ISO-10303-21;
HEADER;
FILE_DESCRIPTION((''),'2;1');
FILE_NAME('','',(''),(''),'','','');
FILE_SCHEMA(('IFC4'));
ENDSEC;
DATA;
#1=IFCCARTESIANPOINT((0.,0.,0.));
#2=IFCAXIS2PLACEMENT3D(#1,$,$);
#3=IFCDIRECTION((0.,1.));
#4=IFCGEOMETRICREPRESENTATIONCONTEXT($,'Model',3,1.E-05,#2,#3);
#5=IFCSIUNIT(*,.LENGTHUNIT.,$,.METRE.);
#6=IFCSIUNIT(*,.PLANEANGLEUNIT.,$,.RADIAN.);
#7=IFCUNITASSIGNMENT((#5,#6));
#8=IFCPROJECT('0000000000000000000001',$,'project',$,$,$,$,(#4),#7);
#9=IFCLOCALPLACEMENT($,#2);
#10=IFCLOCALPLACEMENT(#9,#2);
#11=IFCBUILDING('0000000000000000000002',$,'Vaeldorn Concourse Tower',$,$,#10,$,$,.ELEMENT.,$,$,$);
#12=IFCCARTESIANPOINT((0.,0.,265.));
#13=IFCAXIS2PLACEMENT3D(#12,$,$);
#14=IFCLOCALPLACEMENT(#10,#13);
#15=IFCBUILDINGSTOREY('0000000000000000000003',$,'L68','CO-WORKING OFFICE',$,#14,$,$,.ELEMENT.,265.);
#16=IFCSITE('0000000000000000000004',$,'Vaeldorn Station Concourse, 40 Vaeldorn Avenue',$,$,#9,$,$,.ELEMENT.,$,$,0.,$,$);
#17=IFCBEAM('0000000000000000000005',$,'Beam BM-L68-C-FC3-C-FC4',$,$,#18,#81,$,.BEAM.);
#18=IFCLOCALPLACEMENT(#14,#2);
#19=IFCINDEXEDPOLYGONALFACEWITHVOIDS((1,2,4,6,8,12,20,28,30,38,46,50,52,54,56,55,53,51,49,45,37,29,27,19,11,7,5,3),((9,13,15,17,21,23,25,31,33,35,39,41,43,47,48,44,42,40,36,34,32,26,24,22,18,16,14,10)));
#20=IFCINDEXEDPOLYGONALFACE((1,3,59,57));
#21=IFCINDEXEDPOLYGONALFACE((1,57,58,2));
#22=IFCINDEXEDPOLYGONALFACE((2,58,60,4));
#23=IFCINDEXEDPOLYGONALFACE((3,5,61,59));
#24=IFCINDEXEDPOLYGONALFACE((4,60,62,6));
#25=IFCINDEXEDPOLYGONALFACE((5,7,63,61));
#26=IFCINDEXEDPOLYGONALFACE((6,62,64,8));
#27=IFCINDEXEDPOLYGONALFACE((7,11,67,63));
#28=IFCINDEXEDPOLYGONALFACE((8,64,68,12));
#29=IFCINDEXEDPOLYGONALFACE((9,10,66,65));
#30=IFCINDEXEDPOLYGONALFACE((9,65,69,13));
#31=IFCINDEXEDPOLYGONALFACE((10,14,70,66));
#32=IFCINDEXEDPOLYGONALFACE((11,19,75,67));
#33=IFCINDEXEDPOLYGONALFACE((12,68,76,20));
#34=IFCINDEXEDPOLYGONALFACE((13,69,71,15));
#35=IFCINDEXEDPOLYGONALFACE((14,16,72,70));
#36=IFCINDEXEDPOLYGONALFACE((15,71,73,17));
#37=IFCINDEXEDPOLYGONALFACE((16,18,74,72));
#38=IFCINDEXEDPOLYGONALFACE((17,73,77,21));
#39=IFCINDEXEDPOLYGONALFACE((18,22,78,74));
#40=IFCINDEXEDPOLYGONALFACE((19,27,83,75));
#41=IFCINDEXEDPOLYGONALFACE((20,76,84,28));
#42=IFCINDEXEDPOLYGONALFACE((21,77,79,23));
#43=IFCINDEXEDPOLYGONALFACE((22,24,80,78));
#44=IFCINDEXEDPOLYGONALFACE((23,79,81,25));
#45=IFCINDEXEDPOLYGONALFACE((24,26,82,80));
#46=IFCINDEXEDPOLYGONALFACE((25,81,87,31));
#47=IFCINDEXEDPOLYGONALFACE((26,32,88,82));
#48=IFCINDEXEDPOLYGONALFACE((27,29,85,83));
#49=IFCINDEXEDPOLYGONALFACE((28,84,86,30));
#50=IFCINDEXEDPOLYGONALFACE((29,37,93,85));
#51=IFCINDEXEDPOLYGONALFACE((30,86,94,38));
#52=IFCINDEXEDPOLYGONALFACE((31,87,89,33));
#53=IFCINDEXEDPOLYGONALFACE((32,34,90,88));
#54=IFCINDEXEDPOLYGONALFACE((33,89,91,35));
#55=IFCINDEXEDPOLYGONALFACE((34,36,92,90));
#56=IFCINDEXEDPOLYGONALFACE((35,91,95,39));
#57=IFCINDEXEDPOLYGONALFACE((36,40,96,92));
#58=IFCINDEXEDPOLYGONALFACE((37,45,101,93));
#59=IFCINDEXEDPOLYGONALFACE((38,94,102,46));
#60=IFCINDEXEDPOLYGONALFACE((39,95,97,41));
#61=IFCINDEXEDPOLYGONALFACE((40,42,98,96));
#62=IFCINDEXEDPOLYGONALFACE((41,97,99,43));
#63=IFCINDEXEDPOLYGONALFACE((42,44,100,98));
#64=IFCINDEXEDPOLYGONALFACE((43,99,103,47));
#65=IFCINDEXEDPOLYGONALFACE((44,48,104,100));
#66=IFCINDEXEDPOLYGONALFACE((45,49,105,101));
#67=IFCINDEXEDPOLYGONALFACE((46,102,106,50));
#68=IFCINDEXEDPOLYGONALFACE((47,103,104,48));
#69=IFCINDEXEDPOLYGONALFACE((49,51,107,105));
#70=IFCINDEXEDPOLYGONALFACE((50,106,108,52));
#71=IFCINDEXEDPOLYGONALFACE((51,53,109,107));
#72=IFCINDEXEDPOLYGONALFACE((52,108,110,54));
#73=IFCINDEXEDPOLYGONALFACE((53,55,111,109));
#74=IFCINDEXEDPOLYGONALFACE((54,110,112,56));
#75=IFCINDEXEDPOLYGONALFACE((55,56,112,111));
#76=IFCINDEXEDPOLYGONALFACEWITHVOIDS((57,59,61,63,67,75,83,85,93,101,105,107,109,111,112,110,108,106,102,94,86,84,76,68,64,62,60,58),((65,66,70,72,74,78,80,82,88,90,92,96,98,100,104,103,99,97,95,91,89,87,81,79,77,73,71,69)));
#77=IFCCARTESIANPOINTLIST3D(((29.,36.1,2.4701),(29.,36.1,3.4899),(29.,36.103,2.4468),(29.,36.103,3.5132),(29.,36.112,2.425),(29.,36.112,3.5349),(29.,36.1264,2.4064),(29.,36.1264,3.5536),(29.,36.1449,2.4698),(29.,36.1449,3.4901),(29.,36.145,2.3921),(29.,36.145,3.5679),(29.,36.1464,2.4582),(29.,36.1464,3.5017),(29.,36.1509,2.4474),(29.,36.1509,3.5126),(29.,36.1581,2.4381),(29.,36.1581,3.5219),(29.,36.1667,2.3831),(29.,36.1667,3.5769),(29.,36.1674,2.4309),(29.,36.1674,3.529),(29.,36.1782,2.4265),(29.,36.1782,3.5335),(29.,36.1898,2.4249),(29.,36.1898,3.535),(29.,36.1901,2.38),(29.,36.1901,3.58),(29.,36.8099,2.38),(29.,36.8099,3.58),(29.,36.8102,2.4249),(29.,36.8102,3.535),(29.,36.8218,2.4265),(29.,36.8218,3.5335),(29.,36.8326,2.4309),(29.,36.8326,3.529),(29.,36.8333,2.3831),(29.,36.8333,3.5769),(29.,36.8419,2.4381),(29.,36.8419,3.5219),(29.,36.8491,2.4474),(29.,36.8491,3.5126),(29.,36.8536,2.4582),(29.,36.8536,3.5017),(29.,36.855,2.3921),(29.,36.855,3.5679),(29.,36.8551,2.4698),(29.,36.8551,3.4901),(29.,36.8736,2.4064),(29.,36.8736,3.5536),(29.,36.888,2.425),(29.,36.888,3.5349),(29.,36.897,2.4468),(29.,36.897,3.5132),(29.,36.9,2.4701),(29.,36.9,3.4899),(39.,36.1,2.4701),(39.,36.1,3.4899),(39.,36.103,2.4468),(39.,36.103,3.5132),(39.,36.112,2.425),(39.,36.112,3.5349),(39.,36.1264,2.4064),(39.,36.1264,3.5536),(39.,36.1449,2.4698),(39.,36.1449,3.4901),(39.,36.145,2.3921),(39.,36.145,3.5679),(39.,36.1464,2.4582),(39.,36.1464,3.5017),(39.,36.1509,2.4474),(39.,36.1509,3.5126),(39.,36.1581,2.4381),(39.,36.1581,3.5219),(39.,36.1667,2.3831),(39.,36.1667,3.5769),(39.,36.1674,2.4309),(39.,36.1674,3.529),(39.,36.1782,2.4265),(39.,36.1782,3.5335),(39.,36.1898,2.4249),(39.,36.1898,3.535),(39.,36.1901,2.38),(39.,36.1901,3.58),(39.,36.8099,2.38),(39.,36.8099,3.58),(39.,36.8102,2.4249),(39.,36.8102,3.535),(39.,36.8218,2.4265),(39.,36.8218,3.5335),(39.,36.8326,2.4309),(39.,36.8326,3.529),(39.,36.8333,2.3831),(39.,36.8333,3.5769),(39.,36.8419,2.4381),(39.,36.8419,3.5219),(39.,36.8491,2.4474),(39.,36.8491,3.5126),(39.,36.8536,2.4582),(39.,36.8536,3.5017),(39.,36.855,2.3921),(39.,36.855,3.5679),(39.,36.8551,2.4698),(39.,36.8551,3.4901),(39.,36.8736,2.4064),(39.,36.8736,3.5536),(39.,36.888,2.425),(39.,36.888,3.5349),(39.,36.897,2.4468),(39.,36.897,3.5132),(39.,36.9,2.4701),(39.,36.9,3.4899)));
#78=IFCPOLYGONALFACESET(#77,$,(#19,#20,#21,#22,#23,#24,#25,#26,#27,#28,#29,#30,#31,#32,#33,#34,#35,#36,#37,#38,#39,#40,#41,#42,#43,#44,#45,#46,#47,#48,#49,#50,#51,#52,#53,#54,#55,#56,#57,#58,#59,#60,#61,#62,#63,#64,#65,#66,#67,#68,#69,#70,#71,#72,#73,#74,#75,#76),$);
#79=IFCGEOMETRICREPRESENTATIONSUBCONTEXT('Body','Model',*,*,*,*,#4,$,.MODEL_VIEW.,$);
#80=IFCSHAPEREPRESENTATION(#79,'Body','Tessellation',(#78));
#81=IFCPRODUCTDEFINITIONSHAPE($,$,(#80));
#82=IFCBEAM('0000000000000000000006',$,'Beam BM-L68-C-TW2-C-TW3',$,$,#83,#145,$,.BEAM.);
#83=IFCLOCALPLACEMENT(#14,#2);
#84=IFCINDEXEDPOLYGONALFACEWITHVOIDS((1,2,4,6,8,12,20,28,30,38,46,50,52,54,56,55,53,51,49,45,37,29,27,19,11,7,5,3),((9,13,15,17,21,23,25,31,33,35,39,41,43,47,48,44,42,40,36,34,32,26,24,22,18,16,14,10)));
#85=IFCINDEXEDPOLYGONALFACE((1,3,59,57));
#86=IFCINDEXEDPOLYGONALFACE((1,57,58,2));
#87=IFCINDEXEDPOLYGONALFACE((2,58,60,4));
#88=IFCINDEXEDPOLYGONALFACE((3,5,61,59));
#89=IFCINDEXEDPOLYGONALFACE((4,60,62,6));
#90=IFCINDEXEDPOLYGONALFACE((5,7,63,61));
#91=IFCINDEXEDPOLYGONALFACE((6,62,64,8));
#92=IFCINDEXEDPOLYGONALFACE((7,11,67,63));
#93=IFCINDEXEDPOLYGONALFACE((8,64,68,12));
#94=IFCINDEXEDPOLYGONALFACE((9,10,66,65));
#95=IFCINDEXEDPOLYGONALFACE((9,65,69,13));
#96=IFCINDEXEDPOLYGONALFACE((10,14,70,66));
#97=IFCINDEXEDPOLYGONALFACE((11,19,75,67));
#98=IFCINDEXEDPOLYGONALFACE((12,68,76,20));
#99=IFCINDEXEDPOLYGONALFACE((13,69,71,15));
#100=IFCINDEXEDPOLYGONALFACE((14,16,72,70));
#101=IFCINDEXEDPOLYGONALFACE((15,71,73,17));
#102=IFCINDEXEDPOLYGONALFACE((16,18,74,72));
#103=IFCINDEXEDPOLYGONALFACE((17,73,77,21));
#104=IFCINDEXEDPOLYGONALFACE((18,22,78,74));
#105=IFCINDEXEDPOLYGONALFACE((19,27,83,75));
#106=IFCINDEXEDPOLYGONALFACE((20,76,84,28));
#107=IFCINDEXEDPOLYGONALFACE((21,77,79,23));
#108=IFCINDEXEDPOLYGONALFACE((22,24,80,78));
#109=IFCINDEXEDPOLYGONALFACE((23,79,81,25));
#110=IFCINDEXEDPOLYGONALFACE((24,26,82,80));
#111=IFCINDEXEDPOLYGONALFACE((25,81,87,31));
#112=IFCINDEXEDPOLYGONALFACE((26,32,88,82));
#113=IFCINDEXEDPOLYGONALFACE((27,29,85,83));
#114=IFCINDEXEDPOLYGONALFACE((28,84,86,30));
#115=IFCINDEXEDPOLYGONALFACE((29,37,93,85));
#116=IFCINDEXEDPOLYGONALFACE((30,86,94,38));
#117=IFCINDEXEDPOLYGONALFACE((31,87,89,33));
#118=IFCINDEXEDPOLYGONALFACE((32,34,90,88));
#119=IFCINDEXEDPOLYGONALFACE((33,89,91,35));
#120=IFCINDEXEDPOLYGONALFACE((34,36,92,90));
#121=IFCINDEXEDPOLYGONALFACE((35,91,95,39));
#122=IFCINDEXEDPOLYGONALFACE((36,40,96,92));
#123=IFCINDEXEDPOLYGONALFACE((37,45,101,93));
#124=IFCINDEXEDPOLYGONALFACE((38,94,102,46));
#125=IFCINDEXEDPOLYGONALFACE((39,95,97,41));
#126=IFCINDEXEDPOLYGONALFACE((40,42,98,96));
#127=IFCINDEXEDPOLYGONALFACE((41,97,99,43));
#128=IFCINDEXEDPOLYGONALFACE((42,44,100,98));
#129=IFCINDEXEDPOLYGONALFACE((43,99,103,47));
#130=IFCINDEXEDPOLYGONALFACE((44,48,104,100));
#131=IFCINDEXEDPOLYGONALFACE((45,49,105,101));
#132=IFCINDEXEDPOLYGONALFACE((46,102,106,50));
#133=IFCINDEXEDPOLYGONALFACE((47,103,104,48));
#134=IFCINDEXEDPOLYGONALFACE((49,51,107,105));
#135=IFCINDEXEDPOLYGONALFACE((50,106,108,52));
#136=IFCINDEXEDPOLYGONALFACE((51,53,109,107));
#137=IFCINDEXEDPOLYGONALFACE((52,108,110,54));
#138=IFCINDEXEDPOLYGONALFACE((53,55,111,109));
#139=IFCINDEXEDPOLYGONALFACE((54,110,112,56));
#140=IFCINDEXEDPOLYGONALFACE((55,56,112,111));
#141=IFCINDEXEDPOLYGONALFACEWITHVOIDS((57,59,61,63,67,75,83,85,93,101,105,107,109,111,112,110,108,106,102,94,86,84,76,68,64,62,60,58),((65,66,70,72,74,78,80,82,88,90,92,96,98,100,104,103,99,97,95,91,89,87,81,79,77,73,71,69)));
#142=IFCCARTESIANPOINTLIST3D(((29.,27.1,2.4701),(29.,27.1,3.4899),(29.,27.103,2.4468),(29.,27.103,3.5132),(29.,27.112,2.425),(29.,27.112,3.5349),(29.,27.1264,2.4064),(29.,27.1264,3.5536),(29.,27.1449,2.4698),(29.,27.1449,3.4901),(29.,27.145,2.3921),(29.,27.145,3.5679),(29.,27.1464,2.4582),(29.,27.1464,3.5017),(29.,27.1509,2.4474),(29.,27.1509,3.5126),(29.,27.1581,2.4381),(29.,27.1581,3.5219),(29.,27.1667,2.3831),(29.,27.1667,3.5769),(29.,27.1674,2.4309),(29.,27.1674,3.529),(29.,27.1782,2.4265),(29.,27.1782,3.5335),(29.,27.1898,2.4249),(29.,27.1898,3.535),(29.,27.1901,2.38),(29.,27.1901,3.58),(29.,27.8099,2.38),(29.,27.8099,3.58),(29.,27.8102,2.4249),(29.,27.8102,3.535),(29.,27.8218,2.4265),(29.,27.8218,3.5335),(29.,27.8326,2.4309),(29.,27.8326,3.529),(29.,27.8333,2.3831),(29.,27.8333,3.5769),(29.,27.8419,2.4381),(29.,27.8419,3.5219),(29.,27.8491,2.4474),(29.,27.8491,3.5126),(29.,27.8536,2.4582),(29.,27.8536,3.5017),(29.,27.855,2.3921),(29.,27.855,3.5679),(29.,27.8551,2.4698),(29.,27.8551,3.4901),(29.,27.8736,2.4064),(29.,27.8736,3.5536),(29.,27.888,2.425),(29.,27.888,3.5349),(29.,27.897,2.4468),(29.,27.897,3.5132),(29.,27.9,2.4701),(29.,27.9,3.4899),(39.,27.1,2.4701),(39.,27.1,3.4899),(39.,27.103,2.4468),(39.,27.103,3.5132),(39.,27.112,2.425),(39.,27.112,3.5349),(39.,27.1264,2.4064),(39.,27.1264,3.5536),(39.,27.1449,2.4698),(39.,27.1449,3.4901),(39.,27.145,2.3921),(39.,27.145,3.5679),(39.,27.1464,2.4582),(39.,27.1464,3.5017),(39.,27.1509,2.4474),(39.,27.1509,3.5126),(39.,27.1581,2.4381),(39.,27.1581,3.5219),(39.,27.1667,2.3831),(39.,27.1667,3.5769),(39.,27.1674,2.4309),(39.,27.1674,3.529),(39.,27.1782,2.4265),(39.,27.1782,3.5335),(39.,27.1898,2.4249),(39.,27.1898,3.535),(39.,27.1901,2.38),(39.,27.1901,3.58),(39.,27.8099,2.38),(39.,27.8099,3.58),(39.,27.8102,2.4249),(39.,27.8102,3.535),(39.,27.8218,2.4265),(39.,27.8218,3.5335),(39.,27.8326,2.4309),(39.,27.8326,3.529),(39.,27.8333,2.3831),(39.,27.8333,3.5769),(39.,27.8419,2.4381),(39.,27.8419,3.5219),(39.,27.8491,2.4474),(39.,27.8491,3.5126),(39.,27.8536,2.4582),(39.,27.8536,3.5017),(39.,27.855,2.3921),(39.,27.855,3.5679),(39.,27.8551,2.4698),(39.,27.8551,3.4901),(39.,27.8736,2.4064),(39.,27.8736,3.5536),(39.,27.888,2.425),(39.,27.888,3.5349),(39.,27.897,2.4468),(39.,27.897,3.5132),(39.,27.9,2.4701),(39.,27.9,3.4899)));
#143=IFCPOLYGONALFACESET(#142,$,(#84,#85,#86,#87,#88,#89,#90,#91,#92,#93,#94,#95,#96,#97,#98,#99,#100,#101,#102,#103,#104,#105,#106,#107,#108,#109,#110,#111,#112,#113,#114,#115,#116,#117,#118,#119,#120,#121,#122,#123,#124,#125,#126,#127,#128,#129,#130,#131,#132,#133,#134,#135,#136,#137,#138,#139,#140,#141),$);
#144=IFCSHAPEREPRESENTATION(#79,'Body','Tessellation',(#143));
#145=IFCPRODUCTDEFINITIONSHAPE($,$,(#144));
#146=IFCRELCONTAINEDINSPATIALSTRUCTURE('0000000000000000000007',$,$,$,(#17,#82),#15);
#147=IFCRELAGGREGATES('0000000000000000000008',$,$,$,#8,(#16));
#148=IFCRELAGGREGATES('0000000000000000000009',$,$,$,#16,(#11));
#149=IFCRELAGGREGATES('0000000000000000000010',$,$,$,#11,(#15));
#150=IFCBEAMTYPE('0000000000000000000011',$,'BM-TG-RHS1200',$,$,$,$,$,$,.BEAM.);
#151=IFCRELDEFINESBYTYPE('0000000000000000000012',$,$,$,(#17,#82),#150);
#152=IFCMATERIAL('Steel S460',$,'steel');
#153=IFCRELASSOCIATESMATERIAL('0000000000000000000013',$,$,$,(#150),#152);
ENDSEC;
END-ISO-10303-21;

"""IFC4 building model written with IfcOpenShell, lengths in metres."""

from ifc_helpers import new_model, si_unit, direction, frame, origin, origin_2d, place, context, subcontext, project, spatial, hollow_rectangle, extrude, source, transform, mapped, material, material_profile, profile_set, type_object, element, save


model = new_model("IFC4")

# Units and contexts
model_context = context("Model", 3, precision=1e-05, world=origin(), true_north=direction((0.0, 1.0)))
body_context = subcontext(model_context, "Body", "Model", "MODEL_VIEW")
ifc_project = project(units=[si_unit("LENGTHUNIT", "METRE"), si_unit("PLANEANGLEUNIT", "RADIAN")], contexts=[model_context])

# Site, building, storey
site_placement = place(None, origin())
site = spatial("IfcSite", under=ifc_project, at=site_placement, Name="Vaeldorn Station Concourse, 40 Vaeldorn Avenue", CompositionType="ELEMENT", RefElevation=0.0)
building_placement = place(site_placement, origin())
building = spatial("IfcBuilding", under=site, at=building_placement, Name="Vaeldorn Concourse Tower", CompositionType="ELEMENT")
storey_placement = place(building_placement, frame((0.0, 0.0, 265.0)))
storey = spatial("IfcBuildingStorey", under=building, at=storey_placement, Name="L68", Description="CO-WORKING OFFICE", CompositionType="ELEMENT", Elevation=265.0)

# Shared definitions
ifc_material_1 = material(Name="Steel S460", Category="steel")

# Beams
ifc_material_profile_1 = material_profile(ifc_material_1, hollow_rectangle(XDim=0.8, YDim=1.2, WallThickness=0.0449, InnerFilletRadius=0.0449, OuterFilletRadius=0.0901, at=origin_2d()), Name="RHS 1200x800x45")
ifc_profile_set_1 = profile_set([ifc_material_profile_1], Name="Steel S460")
beam_type_1 = type_object("IfcBeamType", Name="BM-TG-RHS1200", PredefinedType="BEAM", material=ifc_profile_set_1)
shared_shape_1 = source(origin(), body_context, "Body", "SweptSolid", [
    extrude(hollow_rectangle(XDim=0.8, YDim=1.2, WallThickness=0.0449, InnerFilletRadius=0.0449, OuterFilletRadius=0.0901, at=origin_2d()), origin(), (0.0, 0.0, 1.0), 10.0),
])
for number, where, z_axis, x_axis, name in (
    (1, (29.0, 36.5, 2.98), (1.0, 0.0, 0.0), (0.0, 1.0, 0.0), "Beam BM-L68-C-FC3-C-FC4"),
    (2, (29.0, 27.5, 2.98), (1.0, 0.0, 0.0), (0.0, 1.0, 0.0), "Beam BM-L68-C-TW2-C-TW3"),
):
    element("IfcBeam", number, at=place(storey_placement, frame(where, z_axis=z_axis, x_axis=x_axis)), inside=storey, type_object=beam_type_1, Name=name, PredefinedType="BEAM", context=body_context, shape_type="MappedRepresentation", body=[
        mapped(shared_shape_1, transform((0.0, 0.0, 0.0), scale=1.0)),
    ])

save(model, "model.ifc")
